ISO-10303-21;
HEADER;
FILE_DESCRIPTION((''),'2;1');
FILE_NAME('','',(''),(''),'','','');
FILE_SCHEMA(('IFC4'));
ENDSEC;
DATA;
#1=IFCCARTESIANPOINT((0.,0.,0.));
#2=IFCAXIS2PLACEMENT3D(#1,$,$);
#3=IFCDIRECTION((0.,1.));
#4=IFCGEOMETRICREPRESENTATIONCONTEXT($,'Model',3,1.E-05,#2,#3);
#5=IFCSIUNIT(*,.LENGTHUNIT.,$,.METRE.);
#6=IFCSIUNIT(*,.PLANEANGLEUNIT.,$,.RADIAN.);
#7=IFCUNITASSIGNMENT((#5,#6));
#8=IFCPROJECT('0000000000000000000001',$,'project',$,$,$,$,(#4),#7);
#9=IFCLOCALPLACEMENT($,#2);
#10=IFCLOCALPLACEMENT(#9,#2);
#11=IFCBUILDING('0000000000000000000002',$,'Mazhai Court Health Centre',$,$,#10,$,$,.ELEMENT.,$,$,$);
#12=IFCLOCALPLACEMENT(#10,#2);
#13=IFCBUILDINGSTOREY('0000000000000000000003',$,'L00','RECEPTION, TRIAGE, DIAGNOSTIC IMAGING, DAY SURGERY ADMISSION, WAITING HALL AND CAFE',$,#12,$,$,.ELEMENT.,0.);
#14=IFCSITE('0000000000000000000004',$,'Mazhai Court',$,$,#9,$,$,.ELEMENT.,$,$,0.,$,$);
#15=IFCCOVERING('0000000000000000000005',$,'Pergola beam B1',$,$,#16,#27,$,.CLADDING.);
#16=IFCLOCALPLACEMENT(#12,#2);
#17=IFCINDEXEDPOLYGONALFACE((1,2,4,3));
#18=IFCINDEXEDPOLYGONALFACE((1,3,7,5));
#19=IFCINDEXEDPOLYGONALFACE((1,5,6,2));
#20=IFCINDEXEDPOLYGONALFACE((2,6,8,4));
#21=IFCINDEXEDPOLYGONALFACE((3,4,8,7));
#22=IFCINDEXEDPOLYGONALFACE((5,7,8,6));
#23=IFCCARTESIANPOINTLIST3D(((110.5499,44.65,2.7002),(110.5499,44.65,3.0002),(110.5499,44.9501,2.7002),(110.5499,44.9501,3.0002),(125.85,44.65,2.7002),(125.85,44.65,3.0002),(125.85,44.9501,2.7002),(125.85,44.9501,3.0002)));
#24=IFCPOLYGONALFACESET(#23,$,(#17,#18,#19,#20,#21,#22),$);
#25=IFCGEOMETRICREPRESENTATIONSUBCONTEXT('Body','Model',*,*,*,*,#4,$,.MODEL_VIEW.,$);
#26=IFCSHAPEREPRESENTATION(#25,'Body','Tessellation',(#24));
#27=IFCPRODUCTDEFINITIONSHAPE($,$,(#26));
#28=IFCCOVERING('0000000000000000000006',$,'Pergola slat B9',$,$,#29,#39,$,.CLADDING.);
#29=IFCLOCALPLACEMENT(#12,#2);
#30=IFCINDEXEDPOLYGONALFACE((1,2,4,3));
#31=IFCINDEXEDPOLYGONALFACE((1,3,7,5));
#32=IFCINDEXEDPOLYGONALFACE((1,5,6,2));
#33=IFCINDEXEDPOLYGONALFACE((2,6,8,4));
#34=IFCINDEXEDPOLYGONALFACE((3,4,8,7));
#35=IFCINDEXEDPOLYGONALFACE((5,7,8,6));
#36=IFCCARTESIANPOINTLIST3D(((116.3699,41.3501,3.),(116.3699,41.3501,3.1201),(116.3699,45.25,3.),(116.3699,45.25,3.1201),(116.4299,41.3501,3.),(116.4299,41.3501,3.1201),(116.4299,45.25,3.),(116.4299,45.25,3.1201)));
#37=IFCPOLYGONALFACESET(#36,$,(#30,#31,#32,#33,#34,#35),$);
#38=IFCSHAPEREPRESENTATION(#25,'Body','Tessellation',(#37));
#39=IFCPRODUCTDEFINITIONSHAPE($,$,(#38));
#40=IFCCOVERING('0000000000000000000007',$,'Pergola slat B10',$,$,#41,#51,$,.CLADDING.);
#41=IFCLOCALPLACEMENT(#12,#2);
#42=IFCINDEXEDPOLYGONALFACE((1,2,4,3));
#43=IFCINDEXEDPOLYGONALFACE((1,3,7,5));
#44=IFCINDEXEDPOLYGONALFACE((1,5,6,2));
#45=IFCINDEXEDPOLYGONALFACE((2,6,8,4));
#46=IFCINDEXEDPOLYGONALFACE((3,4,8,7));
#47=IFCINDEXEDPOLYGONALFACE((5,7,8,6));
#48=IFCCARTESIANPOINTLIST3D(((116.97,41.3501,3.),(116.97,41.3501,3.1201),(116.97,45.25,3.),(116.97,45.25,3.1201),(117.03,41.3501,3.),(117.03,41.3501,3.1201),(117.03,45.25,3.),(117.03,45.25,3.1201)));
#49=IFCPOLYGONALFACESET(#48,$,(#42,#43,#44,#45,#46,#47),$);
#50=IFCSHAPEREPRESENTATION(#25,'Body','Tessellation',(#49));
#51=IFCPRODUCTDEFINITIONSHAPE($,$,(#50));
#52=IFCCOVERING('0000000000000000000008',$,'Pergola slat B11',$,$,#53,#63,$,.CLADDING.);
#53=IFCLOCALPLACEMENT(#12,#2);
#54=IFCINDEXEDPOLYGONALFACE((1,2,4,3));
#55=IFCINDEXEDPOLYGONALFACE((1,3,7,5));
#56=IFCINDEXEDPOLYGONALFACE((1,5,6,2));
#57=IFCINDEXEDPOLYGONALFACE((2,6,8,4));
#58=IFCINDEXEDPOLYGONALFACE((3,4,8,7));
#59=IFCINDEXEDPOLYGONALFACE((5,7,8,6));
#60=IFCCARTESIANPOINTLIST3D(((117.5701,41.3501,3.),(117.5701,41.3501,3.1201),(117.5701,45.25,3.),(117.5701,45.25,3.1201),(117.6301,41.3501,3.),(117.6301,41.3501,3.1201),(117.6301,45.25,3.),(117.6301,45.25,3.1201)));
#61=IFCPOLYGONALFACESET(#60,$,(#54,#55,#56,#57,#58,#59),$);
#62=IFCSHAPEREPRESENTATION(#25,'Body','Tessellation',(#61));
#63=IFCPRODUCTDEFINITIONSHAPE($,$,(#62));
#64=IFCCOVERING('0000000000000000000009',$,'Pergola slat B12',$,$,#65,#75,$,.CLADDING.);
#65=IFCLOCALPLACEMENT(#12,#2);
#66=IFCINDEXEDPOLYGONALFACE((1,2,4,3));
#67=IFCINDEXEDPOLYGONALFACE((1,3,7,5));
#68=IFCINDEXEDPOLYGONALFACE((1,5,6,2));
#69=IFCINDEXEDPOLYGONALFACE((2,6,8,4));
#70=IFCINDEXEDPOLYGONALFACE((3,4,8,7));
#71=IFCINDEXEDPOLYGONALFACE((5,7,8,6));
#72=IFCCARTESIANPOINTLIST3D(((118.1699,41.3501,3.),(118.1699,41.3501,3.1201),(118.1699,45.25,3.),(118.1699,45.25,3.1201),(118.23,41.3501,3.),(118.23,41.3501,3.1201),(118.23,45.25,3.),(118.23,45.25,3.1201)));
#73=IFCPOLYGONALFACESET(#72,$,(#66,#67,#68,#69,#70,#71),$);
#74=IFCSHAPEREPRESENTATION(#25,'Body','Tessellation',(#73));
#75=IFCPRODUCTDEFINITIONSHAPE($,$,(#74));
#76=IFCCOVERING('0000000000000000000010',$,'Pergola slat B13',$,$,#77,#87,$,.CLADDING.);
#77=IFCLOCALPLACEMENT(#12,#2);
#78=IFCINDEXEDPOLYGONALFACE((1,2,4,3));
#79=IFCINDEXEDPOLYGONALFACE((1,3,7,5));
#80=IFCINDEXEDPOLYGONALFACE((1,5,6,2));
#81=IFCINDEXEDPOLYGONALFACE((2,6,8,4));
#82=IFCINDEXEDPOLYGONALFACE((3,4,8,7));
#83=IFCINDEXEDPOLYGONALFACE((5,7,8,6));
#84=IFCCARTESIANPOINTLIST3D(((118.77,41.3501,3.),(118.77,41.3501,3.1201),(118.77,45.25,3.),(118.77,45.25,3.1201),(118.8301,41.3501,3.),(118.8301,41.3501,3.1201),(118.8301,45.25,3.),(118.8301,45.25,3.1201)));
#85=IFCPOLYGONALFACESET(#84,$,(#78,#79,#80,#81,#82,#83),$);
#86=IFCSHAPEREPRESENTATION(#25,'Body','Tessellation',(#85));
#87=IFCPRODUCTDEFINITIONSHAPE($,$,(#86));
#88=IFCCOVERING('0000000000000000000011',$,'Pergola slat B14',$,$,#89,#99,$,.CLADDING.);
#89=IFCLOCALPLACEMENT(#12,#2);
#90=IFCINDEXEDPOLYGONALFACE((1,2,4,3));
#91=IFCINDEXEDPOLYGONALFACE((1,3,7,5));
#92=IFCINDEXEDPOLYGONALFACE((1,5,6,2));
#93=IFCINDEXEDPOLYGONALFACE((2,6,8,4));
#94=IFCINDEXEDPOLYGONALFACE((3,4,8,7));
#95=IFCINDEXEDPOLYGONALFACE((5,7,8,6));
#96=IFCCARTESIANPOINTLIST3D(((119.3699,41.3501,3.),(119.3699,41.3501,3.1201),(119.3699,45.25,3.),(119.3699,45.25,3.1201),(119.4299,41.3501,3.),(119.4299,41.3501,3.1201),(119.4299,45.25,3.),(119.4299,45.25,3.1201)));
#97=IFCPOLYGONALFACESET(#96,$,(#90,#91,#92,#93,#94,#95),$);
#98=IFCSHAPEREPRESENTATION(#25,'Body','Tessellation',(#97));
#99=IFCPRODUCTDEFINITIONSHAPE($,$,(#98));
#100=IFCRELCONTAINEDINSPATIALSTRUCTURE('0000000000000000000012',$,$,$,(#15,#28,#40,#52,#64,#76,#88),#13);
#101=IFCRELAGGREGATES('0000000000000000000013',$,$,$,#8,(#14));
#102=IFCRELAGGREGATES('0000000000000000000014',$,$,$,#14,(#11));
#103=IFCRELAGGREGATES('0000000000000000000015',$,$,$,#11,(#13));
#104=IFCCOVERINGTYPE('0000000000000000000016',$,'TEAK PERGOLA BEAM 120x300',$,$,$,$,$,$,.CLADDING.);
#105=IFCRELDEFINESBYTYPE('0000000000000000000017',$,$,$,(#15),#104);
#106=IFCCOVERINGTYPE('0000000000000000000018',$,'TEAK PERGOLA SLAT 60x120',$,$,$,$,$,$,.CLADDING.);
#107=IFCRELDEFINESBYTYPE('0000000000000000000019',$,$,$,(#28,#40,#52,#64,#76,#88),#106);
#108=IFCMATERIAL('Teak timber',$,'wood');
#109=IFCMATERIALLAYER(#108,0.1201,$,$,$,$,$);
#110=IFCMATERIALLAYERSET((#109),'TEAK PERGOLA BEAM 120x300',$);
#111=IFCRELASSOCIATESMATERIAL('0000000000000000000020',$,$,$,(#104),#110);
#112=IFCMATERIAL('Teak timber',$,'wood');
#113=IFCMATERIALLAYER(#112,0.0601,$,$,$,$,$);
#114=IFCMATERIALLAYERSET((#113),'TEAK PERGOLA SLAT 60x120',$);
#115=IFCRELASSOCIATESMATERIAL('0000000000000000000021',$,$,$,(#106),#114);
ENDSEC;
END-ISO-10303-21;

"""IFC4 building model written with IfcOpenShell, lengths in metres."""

from ifc_helpers import new_model, si_unit, direction, frame, origin, origin_2d, place, context, subcontext, project, spatial, rectangle, extrude, material, layer, layer_set, type_object, element, save


model = new_model("IFC4")

# Units and contexts
model_context = context("Model", 3, precision=1e-05, world=origin(), true_north=direction((0.0, 1.0)))
body_context = subcontext(model_context, "Body", "Model", "MODEL_VIEW")
ifc_project = project(units=[si_unit("LENGTHUNIT", "METRE"), si_unit("PLANEANGLEUNIT", "RADIAN")], contexts=[model_context])

# Site, building, storey
site_placement = place(None, origin())
site = spatial("IfcSite", under=ifc_project, at=site_placement, Name="Mazhai Court", CompositionType="ELEMENT", RefElevation=0.0)
building_placement = place(site_placement, origin())
building = spatial("IfcBuilding", under=site, at=building_placement, Name="Mazhai Court Health Centre", CompositionType="ELEMENT")
storey_placement = place(building_placement, origin())
storey = spatial("IfcBuildingStorey", under=building, at=storey_placement, Name="L00", Description="RECEPTION, TRIAGE, DIAGNOSTIC IMAGING, DAY SURGERY ADMISSION, WAITING HALL AND CAFE", CompositionType="ELEMENT", Elevation=0.0)

# Coverings
ifc_material_1 = material(Name="Teak timber", Category="wood")
ifc_layer_1 = layer(ifc_material_1, 0.1201)
ifc_layer_set_1 = layer_set([ifc_layer_1], Name="TEAK PERGOLA BEAM 120x300")
covering_type_1 = type_object("IfcCoveringType", Name="TEAK PERGOLA BEAM 120x300", PredefinedType="CLADDING", material=ifc_layer_set_1)
covering_1_placement = place(storey_placement, frame((118.2, 44.8, 2.7002), z_axis=(0.0, 0.0, 1.0), x_axis=(1.0, 0.0, 0.0)))
element("IfcCovering", 1, at=covering_1_placement, inside=storey, type_object=covering_type_1, Name="Pergola beam B1", PredefinedType="CLADDING", context=body_context, shape_type="SweptSolid", body=[
    extrude(rectangle(XDim=15.3, YDim=0.3, at=origin_2d()), origin(), (0.0, 0.0, 1.0), 0.3),
])
ifc_material_2 = material(Name="Teak timber", Category="wood")
ifc_layer_2 = layer(ifc_material_2, 0.0601)
ifc_layer_set_2 = layer_set([ifc_layer_2], Name="TEAK PERGOLA SLAT 60x120")
covering_type_2 = type_object("IfcCoveringType", Name="TEAK PERGOLA SLAT 60x120", PredefinedType="CLADDING", material=ifc_layer_set_2)
for number, where, z_axis, x_axis, name in (
    (2, (116.3999, 43.3, 3.0), (0.0, 0.0, 1.0), (1.0, 0.0, 0.0), "Pergola slat B9"),
    (3, (117.0, 43.3, 3.0), (0.0, 0.0, 1.0), (1.0, 0.0, 0.0), "Pergola slat B10"),
    (4, (117.6001, 43.3, 3.0), (0.0, 0.0, 1.0), (1.0, 0.0, 0.0), "Pergola slat B11"),
    (5, (118.2, 43.3, 3.0), (0.0, 0.0, 1.0), (1.0, 0.0, 0.0), "Pergola slat B12"),
    (6, (118.8, 43.3, 3.0), (0.0, 0.0, 1.0), (1.0, 0.0, 0.0), "Pergola slat B13"),
    (7, (119.3999, 43.3, 3.0), (0.0, 0.0, 1.0), (1.0, 0.0, 0.0), "Pergola slat B14"),
):
    element("IfcCovering", number, at=place(storey_placement, frame(where, z_axis=z_axis, x_axis=x_axis)), inside=storey, type_object=covering_type_2, Name=name, PredefinedType="CLADDING", context=body_context, shape_type="SweptSolid", body=[
        extrude(rectangle(XDim=0.0601, YDim=3.8999, at=origin_2d()), origin(), (0.0, 0.0, 1.0), 0.1201),
    ])

save(model, "model.ifc")
